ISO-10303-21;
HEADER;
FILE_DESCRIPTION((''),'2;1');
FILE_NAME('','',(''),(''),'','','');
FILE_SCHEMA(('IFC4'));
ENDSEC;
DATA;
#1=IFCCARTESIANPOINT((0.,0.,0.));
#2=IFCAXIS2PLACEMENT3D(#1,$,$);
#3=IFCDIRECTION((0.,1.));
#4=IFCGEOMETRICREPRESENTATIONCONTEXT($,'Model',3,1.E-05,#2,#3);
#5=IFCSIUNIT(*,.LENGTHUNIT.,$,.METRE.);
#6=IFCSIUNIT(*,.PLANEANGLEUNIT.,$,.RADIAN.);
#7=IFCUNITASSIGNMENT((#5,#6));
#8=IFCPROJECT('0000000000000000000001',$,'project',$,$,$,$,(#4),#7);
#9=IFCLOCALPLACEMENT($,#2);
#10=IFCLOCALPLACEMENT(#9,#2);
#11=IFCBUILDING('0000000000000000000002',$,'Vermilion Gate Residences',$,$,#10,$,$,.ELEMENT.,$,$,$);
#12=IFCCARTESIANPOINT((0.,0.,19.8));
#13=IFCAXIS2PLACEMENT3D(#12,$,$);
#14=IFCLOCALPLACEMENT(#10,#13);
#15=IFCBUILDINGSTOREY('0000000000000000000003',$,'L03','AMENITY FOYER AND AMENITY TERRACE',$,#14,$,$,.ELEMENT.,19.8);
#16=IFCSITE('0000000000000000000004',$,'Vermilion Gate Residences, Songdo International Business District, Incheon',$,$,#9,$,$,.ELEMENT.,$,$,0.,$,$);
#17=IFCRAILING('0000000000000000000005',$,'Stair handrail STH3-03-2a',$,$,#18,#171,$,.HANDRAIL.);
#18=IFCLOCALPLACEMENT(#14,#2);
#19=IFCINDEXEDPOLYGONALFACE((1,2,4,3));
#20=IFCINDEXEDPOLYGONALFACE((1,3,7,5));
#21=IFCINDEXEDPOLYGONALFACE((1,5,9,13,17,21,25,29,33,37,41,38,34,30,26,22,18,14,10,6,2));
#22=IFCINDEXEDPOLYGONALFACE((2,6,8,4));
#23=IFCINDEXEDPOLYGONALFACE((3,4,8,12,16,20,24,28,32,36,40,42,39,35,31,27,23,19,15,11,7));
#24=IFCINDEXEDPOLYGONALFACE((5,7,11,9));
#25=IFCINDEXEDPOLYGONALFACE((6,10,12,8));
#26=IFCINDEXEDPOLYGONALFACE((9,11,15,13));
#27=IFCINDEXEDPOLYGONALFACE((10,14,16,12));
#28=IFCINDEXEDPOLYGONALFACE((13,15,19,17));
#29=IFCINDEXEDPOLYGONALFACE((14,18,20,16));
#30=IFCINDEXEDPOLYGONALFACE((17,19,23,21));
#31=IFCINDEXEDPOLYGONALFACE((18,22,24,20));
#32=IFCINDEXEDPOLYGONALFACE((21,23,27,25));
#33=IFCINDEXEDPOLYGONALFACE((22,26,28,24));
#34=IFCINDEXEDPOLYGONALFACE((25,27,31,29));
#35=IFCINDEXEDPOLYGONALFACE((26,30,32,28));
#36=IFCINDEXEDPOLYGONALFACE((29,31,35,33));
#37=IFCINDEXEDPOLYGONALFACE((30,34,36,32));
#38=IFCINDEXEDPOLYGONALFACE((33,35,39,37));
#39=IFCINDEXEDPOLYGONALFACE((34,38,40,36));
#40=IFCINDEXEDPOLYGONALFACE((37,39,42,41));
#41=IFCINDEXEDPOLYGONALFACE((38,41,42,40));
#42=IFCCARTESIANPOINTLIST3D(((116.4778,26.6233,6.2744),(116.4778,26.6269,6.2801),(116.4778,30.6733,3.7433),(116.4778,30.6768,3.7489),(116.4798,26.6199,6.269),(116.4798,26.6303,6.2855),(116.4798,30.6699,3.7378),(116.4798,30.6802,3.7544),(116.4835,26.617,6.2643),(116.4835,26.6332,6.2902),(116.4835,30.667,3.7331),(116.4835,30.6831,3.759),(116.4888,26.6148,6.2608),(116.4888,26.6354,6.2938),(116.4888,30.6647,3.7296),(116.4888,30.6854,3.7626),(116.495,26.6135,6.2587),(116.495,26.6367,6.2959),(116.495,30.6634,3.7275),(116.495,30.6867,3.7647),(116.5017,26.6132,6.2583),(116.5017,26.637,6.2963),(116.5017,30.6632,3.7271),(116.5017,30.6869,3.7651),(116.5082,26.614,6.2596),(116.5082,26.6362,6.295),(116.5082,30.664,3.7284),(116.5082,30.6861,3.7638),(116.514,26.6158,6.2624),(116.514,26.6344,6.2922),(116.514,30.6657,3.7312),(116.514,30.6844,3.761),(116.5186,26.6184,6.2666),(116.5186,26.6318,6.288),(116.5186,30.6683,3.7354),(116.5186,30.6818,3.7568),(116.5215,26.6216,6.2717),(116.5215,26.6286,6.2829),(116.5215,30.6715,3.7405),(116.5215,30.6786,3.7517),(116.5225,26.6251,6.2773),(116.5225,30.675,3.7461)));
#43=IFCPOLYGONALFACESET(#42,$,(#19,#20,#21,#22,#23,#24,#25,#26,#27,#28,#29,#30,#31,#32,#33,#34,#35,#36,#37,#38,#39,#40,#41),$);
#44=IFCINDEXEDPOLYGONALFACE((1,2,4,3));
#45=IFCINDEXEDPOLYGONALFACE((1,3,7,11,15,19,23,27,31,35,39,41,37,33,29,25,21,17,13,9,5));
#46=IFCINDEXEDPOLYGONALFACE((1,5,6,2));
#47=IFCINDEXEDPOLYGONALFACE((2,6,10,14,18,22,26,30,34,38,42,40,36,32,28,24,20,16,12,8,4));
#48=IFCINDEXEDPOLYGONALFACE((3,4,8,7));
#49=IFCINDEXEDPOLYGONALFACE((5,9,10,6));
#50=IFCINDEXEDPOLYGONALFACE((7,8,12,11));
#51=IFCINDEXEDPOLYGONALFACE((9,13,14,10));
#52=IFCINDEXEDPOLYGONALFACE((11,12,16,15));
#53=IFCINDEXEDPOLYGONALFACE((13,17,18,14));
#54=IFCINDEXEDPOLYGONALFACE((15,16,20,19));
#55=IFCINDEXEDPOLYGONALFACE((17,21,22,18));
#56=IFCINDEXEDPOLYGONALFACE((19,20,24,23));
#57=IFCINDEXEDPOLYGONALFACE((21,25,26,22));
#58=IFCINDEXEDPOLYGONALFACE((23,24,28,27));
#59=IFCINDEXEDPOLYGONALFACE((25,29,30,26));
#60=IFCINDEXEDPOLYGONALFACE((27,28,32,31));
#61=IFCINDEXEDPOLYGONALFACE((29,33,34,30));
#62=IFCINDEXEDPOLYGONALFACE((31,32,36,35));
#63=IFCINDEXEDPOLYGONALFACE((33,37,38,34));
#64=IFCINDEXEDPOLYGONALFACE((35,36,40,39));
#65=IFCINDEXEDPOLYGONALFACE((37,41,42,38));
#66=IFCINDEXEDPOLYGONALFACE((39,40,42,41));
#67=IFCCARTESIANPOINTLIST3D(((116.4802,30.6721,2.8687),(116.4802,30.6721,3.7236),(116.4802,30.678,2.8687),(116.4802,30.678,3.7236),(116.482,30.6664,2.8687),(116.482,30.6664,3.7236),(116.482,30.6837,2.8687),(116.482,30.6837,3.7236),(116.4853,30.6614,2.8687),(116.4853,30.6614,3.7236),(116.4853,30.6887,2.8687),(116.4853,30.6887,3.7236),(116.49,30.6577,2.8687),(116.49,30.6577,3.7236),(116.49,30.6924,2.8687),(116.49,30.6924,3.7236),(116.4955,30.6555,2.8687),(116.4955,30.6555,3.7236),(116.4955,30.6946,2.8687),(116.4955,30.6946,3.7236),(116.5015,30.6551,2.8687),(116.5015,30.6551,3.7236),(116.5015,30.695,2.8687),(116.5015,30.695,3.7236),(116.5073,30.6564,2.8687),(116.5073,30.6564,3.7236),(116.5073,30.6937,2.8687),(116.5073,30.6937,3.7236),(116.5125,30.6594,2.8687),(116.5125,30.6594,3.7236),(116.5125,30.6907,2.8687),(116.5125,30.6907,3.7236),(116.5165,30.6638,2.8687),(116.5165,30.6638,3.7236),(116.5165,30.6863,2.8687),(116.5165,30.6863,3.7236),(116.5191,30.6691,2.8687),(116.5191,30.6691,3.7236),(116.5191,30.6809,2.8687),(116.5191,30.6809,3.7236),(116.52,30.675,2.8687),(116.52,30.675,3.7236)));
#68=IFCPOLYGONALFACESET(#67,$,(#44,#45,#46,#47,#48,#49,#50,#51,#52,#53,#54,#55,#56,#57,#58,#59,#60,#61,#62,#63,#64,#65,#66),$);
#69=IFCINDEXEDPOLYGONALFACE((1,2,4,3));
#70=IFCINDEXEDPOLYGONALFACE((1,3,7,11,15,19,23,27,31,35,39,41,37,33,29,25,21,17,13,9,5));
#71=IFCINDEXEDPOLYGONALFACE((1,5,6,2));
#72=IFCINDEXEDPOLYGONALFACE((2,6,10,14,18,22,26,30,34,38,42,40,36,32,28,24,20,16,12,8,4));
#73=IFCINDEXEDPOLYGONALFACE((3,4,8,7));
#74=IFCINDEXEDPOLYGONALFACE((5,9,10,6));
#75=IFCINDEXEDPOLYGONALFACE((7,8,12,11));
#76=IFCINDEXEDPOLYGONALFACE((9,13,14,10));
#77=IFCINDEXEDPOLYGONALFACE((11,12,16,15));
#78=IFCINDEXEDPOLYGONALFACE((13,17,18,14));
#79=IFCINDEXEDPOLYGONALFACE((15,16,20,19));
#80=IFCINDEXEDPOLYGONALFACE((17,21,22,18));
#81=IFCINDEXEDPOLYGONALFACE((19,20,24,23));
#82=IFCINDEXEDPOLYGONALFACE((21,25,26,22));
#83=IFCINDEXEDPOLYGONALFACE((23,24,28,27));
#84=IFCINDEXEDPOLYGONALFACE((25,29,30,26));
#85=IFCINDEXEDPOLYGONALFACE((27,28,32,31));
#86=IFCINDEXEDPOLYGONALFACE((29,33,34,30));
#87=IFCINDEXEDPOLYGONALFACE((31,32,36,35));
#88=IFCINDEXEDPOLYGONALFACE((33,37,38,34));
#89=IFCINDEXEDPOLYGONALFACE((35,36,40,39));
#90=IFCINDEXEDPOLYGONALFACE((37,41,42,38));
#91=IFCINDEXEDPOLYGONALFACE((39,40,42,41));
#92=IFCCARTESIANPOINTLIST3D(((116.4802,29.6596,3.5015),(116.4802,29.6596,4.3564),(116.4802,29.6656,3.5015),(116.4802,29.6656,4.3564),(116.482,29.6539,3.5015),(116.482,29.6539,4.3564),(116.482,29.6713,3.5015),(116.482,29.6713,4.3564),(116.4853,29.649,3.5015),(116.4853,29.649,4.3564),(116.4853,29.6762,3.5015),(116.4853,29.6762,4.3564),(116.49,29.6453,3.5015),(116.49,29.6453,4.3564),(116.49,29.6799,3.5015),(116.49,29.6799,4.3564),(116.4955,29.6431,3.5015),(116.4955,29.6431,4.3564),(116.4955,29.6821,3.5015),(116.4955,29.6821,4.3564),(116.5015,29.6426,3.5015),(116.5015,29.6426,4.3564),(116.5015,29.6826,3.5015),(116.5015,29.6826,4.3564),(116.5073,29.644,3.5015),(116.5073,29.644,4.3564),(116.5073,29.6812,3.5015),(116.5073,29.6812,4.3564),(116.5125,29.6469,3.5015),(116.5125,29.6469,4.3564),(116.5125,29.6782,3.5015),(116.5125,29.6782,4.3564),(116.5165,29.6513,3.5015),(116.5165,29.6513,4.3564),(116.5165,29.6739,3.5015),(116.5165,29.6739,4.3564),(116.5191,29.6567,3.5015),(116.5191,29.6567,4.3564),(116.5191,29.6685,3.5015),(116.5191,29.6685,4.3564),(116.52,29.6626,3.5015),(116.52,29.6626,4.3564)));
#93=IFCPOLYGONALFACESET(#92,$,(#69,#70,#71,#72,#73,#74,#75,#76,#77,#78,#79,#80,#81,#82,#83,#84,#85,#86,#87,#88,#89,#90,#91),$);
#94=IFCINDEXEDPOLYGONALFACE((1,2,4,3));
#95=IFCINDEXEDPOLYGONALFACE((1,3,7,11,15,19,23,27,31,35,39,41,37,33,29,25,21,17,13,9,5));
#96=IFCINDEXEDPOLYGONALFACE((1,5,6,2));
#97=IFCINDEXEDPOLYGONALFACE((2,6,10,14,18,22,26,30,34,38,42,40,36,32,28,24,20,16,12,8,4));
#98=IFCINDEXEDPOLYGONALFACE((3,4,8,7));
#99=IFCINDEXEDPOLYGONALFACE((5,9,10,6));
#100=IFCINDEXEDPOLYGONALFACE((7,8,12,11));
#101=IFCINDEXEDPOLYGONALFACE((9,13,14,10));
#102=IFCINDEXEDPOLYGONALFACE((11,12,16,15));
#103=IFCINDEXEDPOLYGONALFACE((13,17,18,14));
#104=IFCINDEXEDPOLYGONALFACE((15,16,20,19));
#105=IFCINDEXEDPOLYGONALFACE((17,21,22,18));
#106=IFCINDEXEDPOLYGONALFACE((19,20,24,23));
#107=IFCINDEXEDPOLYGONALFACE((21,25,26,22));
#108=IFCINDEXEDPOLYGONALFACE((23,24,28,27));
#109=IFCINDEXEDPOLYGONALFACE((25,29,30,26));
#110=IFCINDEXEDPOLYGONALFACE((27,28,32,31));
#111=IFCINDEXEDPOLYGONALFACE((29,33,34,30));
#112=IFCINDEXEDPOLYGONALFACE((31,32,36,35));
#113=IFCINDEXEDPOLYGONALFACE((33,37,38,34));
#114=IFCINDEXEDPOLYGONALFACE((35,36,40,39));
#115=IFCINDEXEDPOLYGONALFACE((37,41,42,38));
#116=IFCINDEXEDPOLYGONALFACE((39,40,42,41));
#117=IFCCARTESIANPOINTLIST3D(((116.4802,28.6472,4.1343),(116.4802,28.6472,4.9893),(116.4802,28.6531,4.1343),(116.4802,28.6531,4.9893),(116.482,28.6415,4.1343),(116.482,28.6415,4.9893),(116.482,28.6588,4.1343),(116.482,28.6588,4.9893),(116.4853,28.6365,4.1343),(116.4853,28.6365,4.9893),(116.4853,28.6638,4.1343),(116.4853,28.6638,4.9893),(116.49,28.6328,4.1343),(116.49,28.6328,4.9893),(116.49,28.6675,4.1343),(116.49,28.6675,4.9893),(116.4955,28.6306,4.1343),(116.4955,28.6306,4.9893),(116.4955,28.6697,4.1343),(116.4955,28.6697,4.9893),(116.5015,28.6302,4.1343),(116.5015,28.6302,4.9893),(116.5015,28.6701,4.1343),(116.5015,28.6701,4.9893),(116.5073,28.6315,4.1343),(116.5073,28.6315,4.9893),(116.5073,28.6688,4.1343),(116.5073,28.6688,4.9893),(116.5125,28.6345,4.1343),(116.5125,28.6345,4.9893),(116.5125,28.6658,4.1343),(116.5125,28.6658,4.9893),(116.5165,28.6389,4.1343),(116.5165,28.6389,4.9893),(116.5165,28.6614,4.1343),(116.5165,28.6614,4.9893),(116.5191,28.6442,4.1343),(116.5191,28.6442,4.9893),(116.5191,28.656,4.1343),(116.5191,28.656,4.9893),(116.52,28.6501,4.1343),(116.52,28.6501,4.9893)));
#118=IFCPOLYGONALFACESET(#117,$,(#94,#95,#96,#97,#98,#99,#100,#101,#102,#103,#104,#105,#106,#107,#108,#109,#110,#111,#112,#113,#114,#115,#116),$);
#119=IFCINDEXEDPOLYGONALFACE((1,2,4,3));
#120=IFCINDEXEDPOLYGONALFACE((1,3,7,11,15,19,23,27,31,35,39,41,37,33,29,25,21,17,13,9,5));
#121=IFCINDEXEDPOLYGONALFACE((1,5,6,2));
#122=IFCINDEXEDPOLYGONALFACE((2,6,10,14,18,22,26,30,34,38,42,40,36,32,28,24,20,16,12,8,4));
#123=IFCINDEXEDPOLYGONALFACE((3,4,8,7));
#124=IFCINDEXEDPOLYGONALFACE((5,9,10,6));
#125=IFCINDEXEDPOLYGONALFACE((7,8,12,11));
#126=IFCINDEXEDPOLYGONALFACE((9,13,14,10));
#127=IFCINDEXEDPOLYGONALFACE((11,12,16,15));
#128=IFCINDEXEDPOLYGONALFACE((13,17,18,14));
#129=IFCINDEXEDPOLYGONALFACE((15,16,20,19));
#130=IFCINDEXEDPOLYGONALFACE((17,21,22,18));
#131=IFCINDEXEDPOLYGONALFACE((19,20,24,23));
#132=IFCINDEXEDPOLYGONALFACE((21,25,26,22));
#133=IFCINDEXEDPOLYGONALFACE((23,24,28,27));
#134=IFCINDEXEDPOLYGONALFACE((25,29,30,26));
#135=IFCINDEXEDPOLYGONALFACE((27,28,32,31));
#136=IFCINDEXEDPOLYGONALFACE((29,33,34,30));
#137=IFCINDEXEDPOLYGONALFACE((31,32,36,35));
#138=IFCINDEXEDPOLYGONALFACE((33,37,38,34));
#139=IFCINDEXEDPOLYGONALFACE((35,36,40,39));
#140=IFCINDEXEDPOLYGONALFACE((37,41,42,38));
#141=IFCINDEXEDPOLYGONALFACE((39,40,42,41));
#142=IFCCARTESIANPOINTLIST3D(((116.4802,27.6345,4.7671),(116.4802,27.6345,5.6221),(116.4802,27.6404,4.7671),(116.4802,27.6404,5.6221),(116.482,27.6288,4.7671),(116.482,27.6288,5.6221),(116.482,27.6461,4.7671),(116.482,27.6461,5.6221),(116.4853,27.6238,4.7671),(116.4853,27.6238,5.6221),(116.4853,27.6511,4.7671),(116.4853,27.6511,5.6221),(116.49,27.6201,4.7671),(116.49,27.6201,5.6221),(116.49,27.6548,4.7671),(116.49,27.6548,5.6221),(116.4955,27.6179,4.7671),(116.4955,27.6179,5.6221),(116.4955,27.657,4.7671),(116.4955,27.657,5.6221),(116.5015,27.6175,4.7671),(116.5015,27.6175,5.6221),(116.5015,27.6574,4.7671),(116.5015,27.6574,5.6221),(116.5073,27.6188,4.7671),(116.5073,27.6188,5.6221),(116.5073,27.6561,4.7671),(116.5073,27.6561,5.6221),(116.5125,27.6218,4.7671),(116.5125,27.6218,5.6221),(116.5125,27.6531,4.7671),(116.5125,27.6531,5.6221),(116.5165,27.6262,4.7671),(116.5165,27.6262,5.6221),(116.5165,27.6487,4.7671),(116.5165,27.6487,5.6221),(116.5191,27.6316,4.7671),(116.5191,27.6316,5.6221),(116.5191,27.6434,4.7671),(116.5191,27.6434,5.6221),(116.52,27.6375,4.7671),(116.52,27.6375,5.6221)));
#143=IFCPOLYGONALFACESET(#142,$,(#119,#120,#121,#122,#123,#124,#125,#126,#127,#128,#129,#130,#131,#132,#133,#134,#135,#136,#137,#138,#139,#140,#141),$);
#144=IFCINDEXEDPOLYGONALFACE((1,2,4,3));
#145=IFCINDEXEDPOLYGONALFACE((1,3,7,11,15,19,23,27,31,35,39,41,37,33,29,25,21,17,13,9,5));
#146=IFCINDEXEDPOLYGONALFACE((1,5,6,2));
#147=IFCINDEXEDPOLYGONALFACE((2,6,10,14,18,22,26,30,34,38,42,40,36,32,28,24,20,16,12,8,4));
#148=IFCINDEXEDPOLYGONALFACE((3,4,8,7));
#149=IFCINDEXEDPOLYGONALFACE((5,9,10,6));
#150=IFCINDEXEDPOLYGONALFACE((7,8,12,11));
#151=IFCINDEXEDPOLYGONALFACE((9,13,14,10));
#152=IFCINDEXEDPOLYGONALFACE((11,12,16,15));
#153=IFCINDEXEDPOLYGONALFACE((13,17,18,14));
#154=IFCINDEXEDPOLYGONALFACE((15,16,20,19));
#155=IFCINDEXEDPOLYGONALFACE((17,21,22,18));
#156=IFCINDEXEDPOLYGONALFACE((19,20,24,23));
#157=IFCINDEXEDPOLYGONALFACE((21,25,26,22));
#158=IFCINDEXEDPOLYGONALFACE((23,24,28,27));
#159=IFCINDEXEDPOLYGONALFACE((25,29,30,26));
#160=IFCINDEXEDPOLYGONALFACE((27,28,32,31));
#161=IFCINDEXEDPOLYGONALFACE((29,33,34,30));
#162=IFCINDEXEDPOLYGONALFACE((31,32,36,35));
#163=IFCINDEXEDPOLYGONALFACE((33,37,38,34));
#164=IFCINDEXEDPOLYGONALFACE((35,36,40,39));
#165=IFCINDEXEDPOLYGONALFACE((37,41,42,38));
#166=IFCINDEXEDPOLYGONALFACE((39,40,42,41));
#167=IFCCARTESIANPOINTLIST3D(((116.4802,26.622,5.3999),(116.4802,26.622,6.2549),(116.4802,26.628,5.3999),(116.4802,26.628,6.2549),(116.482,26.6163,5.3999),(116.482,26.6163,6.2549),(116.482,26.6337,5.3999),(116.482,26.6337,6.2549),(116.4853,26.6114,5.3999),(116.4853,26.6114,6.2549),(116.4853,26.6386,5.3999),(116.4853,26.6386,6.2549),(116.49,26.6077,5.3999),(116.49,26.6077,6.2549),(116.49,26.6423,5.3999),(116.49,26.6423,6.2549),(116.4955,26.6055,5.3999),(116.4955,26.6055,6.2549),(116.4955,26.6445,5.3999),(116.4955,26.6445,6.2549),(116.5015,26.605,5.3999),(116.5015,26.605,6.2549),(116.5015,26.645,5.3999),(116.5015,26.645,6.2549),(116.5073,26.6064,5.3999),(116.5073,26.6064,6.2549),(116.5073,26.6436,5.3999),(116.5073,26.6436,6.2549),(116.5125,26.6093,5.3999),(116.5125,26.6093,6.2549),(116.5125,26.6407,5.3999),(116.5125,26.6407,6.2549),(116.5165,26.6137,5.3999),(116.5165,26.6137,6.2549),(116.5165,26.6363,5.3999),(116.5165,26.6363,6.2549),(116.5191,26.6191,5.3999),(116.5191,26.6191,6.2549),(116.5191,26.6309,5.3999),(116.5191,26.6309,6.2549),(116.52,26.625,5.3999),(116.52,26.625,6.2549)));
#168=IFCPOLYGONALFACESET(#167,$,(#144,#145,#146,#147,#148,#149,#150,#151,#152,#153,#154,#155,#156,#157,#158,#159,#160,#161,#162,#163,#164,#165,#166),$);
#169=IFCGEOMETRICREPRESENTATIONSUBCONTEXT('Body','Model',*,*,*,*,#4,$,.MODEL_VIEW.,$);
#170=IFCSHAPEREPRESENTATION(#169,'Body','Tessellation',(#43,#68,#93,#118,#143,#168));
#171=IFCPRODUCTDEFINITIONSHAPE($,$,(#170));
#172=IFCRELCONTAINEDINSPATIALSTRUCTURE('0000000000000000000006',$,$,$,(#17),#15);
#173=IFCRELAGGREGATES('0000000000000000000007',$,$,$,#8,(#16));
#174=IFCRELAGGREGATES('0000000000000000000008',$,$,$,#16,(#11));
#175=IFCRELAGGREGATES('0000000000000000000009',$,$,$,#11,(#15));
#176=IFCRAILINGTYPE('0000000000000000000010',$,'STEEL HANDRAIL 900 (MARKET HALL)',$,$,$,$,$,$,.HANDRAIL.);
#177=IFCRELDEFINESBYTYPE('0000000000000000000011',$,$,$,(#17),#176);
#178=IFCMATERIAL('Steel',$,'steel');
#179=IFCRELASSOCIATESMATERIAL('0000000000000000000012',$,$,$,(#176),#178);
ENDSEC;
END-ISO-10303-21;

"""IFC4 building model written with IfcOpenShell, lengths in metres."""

from ifc_helpers import new_model, si_unit, direction, frame, origin, origin_2d, place, context, subcontext, project, spatial, circle, extrude, material, type_object, element, save


model = new_model("IFC4")

# Units and contexts
model_context = context("Model", 3, precision=1e-05, world=origin(), true_north=direction((0.0, 1.0)))
body_context = subcontext(model_context, "Body", "Model", "MODEL_VIEW")
ifc_project = project(units=[si_unit("LENGTHUNIT", "METRE"), si_unit("PLANEANGLEUNIT", "RADIAN")], contexts=[model_context])

# Site, building, storey
site_placement = place(None, origin())
site = spatial("IfcSite", under=ifc_project, at=site_placement, Name="Vermilion Gate Residences, Songdo International Business District, Incheon", CompositionType="ELEMENT", RefElevation=0.0)
building_placement = place(site_placement, origin())
building = spatial("IfcBuilding", under=site, at=building_placement, Name="Vermilion Gate Residences", CompositionType="ELEMENT")
storey_placement = place(building_placement, frame((0.0, 0.0, 19.8)))
storey = spatial("IfcBuildingStorey", under=building, at=storey_placement, Name="L03", Description="AMENITY FOYER AND AMENITY TERRACE", CompositionType="ELEMENT", Elevation=19.8)

# Railing
ifc_material_1 = material(Name="Steel", Category="steel")
railing_type_1 = type_object("IfcRailingType", Name="STEEL HANDRAIL 900 (MARKET HALL)", PredefinedType="HANDRAIL", material=ifc_material_1)
for number, where, name in (
    (1, (116.5, 30.675, 2.8687), "Stair handrail STH3-03-2a"),
):
    element("IfcRailing", number, at=place(storey_placement, frame(where)), inside=storey, type_object=railing_type_1, Name=name, PredefinedType="HANDRAIL", context=body_context, shape_type="SweptSolid", body=[
        extrude(circle(Radius=0.0225, at=origin_2d()), frame((0.0, 0.0, 0.8774), z_axis=(0.0, -0.848001, 0.529994), x_axis=(1.0, 0.0, 0.0)), (0.0, 0.0, 1.0), 4.7759),
        extrude(circle(Radius=0.02, at=origin_2d()), origin(), (0.0, 0.0, 1.0), 0.855),
        extrude(circle(Radius=0.02, at=origin_2d()), frame((0.0, -1.0125, 0.6328)), (0.0, 0.0, 1.0), 0.855),
        extrude(circle(Radius=0.02, at=origin_2d()), frame((0.0, -2.0249, 1.2656)), (0.0, 0.0, 1.0), 0.855),
        extrude(circle(Radius=0.02, at=origin_2d()), frame((0.0, -3.0376, 1.8984)), (0.0, 0.0, 1.0), 0.855),
        extrude(circle(Radius=0.02, at=origin_2d()), frame((0.0, -4.05, 2.5312)), (0.0, 0.0, 1.0), 0.855),
    ])

save(model, "model.ifc")
